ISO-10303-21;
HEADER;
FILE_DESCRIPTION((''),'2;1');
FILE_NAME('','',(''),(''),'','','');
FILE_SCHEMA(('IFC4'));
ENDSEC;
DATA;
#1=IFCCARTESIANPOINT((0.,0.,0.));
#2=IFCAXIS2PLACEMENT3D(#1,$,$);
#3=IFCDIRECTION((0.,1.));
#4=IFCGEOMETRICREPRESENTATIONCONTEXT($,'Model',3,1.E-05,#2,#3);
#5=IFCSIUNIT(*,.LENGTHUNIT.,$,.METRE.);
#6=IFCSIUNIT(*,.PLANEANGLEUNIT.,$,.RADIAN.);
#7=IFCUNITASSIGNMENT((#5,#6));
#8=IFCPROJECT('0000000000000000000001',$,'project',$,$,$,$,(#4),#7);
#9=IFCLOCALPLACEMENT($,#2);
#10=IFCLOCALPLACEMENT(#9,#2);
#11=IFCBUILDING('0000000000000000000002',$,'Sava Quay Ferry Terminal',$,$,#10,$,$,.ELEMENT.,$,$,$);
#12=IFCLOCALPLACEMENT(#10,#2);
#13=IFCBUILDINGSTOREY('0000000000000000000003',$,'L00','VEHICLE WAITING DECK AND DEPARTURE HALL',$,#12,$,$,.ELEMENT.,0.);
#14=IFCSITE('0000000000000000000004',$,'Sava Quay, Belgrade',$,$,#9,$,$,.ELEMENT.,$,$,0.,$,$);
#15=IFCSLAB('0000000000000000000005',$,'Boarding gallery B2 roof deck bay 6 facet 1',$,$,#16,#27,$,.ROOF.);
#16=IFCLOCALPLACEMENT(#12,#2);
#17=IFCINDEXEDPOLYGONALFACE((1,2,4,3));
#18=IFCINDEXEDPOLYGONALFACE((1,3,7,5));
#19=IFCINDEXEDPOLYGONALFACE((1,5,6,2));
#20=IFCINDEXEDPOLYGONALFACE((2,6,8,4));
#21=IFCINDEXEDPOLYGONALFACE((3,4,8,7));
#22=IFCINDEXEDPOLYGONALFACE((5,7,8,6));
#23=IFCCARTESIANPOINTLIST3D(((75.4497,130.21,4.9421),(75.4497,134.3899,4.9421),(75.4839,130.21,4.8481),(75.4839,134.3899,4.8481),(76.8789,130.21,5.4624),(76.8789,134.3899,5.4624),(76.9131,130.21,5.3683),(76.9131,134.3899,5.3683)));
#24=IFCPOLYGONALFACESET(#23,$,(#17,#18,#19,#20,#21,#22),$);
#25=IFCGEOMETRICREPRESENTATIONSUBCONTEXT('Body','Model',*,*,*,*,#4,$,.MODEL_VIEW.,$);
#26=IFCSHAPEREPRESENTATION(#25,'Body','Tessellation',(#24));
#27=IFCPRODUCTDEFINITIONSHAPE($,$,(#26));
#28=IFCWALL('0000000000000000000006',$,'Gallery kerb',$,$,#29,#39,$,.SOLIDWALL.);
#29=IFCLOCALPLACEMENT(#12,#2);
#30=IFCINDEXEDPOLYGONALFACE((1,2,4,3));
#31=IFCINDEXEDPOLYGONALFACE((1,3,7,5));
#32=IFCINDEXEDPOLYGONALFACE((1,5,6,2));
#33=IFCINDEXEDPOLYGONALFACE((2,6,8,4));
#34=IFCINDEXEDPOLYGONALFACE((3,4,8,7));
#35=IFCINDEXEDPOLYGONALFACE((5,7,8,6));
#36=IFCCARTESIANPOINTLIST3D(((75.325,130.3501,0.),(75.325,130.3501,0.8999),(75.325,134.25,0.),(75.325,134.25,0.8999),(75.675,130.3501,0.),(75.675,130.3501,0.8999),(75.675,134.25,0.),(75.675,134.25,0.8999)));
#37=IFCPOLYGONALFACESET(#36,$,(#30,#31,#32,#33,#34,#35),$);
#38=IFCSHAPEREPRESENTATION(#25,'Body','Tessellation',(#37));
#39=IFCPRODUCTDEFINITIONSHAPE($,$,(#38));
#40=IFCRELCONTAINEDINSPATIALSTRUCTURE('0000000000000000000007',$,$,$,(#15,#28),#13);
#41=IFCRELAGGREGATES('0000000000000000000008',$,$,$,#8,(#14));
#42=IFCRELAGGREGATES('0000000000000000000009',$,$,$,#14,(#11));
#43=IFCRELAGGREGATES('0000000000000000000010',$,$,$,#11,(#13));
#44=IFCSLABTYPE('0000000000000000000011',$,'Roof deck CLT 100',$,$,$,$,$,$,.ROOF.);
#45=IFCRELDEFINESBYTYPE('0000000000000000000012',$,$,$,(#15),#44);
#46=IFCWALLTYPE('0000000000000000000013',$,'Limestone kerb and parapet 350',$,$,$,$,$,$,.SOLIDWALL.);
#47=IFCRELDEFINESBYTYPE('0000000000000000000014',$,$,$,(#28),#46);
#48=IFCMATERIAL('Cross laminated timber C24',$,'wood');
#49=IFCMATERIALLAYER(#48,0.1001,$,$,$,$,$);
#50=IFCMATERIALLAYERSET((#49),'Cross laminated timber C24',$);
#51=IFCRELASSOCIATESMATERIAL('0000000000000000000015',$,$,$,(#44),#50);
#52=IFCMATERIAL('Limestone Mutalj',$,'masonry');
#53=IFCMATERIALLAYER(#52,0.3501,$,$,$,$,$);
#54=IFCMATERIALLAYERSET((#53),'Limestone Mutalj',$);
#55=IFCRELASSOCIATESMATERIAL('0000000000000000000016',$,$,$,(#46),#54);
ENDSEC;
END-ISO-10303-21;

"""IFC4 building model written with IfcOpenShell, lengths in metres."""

from ifc_helpers import new_model, si_unit, direction, frame, frame_2d, origin, place, context, subcontext, project, spatial, polyline, rectangle, outline, extrude, material, layer, layer_set, type_object, element, save


model = new_model("IFC4")

# Units and contexts
model_context = context("Model", 3, precision=1e-05, world=origin(), true_north=direction((0.0, 1.0)))
body_context = subcontext(model_context, "Body", "Model", "MODEL_VIEW")
ifc_project = project(units=[si_unit("LENGTHUNIT", "METRE"), si_unit("PLANEANGLEUNIT", "RADIAN")], contexts=[model_context])

# Site, building, storey
site_placement = place(None, origin())
site = spatial("IfcSite", under=ifc_project, at=site_placement, Name="Sava Quay, Belgrade", CompositionType="ELEMENT", RefElevation=0.0)
building_placement = place(site_placement, origin())
building = spatial("IfcBuilding", under=site, at=building_placement, Name="Sava Quay Ferry Terminal", CompositionType="ELEMENT")
storey_placement = place(building_placement, origin())
storey = spatial("IfcBuildingStorey", under=building, at=storey_placement, Name="L00", Description="VEHICLE WAITING DECK AND DEPARTURE HALL", CompositionType="ELEMENT", Elevation=0.0)

# Slab
ifc_material_1 = material(Name="Cross laminated timber C24", Category="wood")
ifc_layer_1 = layer(ifc_material_1, 0.1001)
ifc_layer_set_1 = layer_set([ifc_layer_1], Name="Cross laminated timber C24")
slab_type = type_object("IfcSlabType", Name="Roof deck CLT 100", PredefinedType="ROOF", material=ifc_layer_set_1)
slab_placement = place(storey_placement, frame((75.4497, 130.21, 4.9421), z_axis=(-0.342065, 0.0, 0.939676), x_axis=(0.939676, 0.0, 0.342065)))
element("IfcSlab", 1, at=slab_placement, inside=storey, type_object=slab_type, Name="Boarding gallery B2 roof deck bay 6 facet 1", PredefinedType="ROOF", context=body_context, shape_type="SweptSolid", body=[
    extrude(outline(polyline([(0.0, 0.0), (1.5209, 0.0), (1.5209, 4.1799), (0.0, 4.1799), (0.0, 0.0)])), origin(), (0.0, 0.0, -1.0), 0.1001),
])

# Wall
ifc_material_2 = material(Name="Limestone Mutalj", Category="masonry")
ifc_layer_2 = layer(ifc_material_2, 0.3501)
ifc_layer_set_2 = layer_set([ifc_layer_2], Name="Limestone Mutalj")
wall_type = type_object("IfcWallType", Name="Limestone kerb and parapet 350", PredefinedType="SOLIDWALL", material=ifc_layer_set_2)
wall_placement = place(storey_placement, frame((75.5, 130.3501, 0.0), z_axis=(0.0, 0.0, 1.0), x_axis=(0.0, 1.0, 0.0)))
element("IfcWall", 2, at=wall_placement, inside=storey, type_object=wall_type, Name="Gallery kerb", PredefinedType="SOLIDWALL", context=body_context, shape_type="SweptSolid", body=[
    extrude(rectangle(XDim=3.8999, YDim=0.3501, at=frame_2d((1.95, 0.0))), origin(), (0.0, 0.0, 1.0), 0.8999),
])

save(model, "model.ifc")
